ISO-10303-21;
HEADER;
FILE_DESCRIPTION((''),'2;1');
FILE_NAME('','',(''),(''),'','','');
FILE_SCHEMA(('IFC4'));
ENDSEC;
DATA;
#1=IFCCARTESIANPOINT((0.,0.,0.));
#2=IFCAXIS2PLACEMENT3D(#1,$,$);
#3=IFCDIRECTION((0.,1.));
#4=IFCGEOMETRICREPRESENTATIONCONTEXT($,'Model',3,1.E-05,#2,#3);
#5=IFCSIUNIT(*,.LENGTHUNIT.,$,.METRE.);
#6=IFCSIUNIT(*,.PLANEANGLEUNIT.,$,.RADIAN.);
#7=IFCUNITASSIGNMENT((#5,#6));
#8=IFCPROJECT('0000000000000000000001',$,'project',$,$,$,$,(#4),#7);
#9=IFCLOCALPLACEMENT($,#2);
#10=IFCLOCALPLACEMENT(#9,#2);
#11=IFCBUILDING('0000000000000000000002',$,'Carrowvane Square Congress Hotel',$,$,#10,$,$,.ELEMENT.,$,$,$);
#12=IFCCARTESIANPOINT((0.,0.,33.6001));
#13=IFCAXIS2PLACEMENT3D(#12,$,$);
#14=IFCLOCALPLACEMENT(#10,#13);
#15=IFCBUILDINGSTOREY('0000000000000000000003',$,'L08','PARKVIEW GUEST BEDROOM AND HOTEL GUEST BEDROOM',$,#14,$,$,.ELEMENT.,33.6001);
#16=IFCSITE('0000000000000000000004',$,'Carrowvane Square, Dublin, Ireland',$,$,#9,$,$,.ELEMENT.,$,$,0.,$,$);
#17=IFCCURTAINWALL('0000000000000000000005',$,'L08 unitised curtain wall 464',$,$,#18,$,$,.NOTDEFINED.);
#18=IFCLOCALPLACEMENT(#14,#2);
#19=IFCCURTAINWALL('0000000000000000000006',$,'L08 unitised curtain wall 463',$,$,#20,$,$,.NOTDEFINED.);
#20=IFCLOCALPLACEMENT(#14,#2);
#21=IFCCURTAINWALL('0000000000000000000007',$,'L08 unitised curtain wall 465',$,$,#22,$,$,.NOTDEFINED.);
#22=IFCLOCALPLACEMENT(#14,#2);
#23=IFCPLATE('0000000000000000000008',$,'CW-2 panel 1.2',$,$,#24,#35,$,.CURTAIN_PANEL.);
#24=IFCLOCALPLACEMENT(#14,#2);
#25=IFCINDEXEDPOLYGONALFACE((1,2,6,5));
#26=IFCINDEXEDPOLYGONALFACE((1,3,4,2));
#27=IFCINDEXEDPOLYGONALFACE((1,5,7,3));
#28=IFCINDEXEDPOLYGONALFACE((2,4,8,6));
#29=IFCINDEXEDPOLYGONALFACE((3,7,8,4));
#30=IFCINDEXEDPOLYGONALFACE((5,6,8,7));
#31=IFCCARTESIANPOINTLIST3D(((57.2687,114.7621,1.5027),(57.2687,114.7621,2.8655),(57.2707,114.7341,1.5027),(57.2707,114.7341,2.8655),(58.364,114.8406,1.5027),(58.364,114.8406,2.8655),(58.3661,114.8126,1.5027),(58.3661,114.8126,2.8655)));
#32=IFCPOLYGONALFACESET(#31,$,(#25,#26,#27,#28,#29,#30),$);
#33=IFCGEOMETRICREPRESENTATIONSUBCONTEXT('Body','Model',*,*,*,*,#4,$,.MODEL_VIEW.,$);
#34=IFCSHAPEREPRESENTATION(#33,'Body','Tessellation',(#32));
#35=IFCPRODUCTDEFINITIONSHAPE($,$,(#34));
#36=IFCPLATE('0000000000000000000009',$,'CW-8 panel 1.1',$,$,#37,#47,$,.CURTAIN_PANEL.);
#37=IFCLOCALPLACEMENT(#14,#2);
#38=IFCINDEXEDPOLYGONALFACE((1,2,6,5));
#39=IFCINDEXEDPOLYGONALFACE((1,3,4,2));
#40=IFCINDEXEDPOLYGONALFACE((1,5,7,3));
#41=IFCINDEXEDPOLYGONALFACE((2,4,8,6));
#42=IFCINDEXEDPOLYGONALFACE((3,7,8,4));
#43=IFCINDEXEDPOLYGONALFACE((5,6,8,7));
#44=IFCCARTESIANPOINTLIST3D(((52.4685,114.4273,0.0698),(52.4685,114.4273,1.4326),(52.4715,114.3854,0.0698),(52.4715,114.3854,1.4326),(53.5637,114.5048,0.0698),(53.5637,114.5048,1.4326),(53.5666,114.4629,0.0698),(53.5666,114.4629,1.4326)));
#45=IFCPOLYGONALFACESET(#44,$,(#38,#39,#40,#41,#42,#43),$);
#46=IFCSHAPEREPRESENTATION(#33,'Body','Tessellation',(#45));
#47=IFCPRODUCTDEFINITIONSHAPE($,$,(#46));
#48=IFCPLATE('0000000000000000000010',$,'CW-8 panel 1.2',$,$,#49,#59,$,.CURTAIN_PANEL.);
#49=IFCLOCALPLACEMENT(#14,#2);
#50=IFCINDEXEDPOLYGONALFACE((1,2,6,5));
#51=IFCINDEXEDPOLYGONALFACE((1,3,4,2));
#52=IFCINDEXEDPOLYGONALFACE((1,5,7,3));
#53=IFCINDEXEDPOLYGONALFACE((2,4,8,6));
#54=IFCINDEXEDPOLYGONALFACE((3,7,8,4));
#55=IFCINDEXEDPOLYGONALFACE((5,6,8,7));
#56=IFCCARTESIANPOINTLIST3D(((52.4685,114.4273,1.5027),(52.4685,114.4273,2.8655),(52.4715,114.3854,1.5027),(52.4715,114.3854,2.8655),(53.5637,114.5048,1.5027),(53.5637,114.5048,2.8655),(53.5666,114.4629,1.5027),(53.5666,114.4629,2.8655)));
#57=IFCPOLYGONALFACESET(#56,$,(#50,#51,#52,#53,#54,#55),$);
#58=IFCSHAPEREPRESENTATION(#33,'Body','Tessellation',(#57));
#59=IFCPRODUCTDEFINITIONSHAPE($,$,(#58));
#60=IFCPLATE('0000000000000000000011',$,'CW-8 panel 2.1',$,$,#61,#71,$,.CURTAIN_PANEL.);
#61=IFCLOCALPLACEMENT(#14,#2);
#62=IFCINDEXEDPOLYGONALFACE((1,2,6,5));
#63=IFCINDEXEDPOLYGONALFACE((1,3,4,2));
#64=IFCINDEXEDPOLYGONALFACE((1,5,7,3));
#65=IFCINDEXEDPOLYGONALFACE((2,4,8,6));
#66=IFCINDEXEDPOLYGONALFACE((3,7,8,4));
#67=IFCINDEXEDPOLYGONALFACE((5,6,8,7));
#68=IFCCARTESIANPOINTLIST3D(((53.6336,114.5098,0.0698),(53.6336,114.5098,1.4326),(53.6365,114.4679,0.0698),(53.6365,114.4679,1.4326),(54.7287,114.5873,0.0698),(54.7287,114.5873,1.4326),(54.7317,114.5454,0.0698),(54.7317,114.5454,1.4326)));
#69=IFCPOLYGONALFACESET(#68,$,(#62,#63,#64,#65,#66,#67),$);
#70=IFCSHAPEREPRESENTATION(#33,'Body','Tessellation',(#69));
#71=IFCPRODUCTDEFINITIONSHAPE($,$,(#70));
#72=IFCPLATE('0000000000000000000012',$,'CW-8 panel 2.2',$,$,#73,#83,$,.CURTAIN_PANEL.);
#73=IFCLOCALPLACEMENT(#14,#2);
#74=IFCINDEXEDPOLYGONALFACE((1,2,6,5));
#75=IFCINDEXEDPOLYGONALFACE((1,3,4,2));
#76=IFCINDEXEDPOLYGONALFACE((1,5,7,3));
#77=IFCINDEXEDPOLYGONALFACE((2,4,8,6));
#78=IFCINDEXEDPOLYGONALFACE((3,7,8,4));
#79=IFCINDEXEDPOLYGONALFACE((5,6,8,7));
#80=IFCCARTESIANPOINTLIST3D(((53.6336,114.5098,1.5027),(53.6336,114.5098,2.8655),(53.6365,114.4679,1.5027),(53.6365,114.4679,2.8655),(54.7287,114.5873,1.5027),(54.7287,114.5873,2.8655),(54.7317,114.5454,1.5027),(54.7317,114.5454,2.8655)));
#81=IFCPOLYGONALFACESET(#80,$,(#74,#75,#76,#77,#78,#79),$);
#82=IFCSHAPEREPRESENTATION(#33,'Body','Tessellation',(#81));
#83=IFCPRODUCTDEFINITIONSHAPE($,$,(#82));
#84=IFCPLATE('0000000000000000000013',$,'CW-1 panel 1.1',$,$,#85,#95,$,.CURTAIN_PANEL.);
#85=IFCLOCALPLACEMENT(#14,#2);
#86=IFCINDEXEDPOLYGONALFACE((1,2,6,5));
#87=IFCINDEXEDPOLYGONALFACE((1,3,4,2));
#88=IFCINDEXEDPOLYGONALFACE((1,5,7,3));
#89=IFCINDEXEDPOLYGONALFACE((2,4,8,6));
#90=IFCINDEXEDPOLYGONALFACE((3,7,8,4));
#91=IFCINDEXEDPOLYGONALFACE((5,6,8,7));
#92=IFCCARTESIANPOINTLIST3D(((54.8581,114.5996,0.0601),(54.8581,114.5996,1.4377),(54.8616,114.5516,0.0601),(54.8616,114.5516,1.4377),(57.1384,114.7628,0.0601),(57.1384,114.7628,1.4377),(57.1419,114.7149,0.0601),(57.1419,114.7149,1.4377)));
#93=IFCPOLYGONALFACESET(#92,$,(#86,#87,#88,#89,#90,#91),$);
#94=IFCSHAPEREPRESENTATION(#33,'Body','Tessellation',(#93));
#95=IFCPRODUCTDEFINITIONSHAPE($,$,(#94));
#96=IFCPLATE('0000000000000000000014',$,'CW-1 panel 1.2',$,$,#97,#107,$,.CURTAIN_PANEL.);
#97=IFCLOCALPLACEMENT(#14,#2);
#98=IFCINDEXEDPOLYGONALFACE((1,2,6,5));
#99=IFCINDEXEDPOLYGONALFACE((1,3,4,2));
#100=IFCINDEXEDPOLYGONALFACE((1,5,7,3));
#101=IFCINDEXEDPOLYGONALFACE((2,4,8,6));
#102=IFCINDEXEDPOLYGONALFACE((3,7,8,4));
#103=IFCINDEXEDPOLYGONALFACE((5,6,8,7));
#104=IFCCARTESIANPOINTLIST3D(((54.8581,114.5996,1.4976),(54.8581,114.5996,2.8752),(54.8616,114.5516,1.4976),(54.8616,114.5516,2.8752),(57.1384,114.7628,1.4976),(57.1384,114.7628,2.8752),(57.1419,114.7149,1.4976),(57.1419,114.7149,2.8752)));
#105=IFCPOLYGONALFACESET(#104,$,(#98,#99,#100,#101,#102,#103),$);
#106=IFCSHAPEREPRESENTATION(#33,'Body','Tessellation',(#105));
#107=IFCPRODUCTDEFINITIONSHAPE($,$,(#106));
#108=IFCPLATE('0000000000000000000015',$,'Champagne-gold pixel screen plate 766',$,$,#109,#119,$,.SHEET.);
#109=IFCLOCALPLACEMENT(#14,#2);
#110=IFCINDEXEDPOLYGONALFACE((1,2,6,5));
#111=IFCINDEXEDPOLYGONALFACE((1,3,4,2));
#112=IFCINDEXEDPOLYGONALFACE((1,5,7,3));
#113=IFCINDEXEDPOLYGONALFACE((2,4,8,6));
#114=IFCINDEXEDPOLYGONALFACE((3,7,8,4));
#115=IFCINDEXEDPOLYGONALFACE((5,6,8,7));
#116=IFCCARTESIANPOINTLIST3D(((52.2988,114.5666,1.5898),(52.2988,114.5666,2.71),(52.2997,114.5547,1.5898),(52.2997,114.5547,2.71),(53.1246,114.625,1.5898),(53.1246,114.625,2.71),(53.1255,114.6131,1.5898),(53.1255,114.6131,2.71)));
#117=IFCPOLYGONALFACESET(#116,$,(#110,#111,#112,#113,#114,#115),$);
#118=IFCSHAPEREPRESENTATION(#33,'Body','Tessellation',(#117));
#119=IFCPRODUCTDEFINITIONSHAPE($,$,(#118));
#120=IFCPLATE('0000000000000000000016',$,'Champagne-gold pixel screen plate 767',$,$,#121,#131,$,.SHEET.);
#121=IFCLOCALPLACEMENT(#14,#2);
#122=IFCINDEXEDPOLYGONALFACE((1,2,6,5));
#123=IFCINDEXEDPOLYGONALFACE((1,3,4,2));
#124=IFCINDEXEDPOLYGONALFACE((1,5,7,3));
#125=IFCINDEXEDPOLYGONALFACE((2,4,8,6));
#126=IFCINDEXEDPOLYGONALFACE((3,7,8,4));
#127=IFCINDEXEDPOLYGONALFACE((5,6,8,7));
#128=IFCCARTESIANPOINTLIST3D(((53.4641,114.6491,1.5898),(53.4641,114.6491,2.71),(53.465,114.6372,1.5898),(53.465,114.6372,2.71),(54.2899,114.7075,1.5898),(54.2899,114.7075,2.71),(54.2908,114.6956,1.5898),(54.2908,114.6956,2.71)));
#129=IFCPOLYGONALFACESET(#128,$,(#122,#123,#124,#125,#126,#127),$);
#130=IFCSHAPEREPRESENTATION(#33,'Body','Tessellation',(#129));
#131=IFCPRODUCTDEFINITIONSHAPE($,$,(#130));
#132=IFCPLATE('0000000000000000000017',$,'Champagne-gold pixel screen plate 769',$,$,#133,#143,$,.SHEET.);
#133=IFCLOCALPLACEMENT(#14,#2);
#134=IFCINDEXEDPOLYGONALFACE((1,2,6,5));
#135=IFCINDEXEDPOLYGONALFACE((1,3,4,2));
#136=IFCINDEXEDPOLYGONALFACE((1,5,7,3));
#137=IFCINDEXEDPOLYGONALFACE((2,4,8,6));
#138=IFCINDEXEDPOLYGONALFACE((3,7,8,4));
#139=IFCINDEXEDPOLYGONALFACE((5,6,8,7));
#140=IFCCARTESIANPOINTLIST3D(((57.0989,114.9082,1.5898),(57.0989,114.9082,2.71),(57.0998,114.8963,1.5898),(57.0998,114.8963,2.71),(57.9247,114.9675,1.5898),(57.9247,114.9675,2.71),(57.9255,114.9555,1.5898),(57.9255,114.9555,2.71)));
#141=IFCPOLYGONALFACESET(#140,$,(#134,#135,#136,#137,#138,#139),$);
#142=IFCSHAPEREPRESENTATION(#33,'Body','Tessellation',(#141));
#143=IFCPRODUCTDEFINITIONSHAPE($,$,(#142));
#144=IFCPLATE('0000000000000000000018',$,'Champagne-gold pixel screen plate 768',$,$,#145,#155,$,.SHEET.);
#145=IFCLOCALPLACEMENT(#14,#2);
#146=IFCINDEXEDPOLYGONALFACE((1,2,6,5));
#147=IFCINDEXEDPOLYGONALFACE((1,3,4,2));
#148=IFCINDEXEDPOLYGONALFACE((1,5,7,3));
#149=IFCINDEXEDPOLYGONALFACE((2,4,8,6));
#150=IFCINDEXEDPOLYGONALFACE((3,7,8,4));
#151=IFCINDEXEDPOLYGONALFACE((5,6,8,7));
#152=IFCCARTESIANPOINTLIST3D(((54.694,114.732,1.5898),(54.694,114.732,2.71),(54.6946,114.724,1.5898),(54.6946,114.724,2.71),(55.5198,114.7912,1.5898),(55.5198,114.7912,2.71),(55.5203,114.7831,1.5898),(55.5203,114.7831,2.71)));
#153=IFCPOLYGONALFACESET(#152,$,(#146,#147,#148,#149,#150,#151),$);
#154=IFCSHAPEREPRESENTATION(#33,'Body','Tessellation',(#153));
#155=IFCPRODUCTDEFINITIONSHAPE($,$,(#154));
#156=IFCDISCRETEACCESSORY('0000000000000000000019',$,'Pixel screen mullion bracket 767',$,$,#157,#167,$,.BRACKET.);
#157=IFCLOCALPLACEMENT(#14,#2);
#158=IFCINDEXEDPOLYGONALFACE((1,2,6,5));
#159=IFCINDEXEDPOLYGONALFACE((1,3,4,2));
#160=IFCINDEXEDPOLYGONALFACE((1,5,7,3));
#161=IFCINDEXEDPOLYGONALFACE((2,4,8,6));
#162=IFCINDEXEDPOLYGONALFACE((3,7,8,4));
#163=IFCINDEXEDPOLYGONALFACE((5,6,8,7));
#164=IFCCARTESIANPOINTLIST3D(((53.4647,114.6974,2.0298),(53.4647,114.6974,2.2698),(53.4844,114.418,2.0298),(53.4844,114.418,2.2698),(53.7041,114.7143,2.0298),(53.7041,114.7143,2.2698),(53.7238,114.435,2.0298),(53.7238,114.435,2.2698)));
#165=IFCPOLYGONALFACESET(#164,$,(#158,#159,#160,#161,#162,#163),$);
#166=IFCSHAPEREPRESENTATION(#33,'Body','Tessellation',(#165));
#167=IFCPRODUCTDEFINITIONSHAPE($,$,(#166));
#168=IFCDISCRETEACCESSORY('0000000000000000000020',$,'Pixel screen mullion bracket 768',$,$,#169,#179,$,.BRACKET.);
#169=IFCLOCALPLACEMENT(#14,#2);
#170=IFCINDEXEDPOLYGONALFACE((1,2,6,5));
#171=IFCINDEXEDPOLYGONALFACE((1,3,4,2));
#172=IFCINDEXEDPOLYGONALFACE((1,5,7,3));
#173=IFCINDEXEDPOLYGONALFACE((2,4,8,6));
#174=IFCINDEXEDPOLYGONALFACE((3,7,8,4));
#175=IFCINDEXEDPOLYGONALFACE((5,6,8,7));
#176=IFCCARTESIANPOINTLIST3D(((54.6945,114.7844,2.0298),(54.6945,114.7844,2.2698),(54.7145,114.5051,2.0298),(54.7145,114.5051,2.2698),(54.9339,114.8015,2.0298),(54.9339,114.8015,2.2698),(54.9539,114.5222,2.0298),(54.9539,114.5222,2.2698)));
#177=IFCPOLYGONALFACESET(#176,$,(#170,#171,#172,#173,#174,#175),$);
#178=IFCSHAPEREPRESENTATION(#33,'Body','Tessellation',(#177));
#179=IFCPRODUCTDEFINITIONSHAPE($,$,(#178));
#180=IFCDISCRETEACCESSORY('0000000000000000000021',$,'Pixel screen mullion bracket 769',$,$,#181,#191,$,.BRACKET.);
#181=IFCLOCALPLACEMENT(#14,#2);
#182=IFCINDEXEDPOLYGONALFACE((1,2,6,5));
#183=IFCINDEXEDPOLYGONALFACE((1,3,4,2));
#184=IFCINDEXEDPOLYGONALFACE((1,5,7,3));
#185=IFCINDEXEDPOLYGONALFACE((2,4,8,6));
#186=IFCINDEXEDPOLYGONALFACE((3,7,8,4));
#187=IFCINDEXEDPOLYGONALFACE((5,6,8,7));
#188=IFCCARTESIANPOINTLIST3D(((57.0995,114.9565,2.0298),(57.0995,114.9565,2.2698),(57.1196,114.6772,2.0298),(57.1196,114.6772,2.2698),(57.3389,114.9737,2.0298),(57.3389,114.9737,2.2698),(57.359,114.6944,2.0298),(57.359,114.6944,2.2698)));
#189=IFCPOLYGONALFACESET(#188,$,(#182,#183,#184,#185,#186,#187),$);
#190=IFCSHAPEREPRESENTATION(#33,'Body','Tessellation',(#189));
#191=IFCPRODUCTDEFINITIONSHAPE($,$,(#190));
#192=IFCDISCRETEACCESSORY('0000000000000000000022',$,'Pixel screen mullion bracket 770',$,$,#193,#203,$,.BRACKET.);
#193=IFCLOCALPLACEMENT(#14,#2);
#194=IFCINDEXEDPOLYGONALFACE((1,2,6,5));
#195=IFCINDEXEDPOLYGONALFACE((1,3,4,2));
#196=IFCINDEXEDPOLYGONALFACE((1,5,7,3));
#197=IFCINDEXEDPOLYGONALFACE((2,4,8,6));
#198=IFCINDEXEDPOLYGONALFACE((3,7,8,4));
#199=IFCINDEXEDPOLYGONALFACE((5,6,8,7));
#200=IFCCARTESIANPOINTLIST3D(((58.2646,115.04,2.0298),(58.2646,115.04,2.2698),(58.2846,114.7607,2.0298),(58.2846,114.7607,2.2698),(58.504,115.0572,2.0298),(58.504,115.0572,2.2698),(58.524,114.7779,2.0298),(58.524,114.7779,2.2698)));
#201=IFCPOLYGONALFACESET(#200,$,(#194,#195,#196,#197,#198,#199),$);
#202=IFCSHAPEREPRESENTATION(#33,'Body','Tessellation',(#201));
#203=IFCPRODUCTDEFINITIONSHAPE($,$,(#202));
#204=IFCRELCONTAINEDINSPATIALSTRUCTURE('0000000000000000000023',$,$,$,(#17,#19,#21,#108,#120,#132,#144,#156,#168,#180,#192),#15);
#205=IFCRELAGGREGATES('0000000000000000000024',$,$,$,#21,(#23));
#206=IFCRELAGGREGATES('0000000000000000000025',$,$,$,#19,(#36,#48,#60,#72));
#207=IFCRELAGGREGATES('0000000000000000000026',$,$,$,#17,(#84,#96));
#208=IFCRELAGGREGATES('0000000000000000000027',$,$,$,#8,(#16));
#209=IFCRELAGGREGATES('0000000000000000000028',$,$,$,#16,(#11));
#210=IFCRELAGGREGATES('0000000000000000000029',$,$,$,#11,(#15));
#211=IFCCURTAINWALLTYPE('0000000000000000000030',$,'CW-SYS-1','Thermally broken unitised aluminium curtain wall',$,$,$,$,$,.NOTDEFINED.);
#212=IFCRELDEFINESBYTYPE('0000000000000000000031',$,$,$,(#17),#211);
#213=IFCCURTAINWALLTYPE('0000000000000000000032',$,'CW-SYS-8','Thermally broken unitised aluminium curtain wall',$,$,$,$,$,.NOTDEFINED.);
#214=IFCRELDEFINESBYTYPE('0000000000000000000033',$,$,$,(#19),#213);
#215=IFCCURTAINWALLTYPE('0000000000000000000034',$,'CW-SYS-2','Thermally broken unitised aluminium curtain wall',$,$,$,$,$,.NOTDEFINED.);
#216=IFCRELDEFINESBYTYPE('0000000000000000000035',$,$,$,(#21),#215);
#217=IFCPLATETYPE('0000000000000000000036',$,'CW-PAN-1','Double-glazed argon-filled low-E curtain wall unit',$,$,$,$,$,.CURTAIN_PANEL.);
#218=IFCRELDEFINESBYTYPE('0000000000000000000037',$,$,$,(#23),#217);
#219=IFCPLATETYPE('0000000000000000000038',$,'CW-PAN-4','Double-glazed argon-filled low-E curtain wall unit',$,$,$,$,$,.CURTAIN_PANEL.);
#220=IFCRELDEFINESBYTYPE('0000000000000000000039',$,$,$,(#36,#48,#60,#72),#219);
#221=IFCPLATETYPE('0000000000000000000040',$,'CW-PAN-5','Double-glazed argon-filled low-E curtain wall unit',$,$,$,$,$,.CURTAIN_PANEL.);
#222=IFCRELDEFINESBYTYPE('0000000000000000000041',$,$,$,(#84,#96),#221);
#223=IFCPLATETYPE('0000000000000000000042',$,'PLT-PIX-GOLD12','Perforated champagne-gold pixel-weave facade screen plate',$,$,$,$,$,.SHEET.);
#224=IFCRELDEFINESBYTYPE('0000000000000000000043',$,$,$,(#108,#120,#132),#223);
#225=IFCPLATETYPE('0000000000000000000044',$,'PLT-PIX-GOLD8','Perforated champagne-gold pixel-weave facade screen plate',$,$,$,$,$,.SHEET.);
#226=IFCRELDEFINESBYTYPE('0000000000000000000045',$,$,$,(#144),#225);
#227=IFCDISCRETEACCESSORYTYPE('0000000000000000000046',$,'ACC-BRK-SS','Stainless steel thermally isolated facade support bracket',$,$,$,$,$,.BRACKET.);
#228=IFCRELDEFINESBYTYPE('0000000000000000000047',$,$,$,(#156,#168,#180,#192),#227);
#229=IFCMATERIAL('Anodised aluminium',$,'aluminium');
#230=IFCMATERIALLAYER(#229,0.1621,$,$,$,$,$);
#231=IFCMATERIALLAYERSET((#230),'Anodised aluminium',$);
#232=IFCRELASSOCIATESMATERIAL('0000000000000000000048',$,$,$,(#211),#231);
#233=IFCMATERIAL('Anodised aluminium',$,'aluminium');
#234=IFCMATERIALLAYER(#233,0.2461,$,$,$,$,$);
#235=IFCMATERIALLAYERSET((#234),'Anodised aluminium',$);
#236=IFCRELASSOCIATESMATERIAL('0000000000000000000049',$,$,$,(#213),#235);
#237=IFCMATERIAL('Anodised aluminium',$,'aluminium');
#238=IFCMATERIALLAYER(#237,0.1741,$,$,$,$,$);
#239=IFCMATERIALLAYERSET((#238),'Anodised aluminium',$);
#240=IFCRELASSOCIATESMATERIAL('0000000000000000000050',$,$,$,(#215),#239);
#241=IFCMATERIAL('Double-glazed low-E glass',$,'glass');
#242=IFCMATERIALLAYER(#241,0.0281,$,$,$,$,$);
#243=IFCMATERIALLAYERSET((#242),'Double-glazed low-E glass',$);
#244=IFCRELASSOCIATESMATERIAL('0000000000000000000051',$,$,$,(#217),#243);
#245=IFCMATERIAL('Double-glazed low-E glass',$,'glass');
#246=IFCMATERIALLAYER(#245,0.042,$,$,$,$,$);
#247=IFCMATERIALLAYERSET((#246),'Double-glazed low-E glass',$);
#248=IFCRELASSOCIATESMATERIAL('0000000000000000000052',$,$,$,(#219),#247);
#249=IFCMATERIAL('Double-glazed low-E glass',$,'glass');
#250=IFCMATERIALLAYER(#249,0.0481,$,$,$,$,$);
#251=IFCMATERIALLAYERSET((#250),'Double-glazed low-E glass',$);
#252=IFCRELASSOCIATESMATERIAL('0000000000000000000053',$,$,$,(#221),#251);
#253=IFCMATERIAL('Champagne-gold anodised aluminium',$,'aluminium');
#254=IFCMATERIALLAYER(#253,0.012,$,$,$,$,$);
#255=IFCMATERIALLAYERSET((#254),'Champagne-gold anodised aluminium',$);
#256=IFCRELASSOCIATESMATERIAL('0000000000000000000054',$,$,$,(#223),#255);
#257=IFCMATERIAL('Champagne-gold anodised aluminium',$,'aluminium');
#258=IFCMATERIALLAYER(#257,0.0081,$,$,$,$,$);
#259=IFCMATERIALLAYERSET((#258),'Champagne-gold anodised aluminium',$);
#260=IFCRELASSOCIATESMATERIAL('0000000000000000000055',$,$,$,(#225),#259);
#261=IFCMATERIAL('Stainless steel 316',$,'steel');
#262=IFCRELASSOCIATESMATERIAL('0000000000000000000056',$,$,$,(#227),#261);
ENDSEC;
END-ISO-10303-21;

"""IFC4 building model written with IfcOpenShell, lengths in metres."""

from ifc_helpers import new_model, si_unit, direction, frame, origin, origin_2d, place, context, subcontext, project, spatial, rectangle, extrude, material, layer, layer_set, type_object, element, aggregate, save


model = new_model("IFC4")

# Units and contexts
model_context = context("Model", 3, precision=1e-05, world=origin(), true_north=direction((0.0, 1.0)))
body_context = subcontext(model_context, "Body", "Model", "MODEL_VIEW")
ifc_project = project(units=[si_unit("LENGTHUNIT", "METRE"), si_unit("PLANEANGLEUNIT", "RADIAN")], contexts=[model_context])

# Site, building, storey
site_placement = place(None, origin())
site = spatial("IfcSite", under=ifc_project, at=site_placement, Name="Carrowvane Square, Dublin, Ireland", CompositionType="ELEMENT", RefElevation=0.0)
building_placement = place(site_placement, origin())
building = spatial("IfcBuilding", under=site, at=building_placement, Name="Carrowvane Square Congress Hotel", CompositionType="ELEMENT")
storey_placement = place(building_placement, frame((0.0, 0.0, 33.6001)))
storey = spatial("IfcBuildingStorey", under=building, at=storey_placement, Name="L08", Description="PARKVIEW GUEST BEDROOM AND HOTEL GUEST BEDROOM", CompositionType="ELEMENT", Elevation=33.6001)

# Curtain walls
ifc_material_1 = material(Name="Anodised aluminium", Category="aluminium")
ifc_layer_1 = layer(ifc_material_1, 0.1621)
ifc_layer_set_1 = layer_set([ifc_layer_1], Name="Anodised aluminium")
curtain_wall_type_1 = type_object("IfcCurtainWallType", Name="CW-SYS-1", Description="Thermally broken unitised aluminium curtain wall", PredefinedType="NOTDEFINED", material=ifc_layer_set_1)
curtain_wall_1_placement = place(storey_placement, origin())
curtain_wall_1 = element("IfcCurtainWall", 1, at=curtain_wall_1_placement, inside=storey, type_object=curtain_wall_type_1, Name="L08 unitised curtain wall 464", PredefinedType="NOTDEFINED")
ifc_material_2 = material(Name="Anodised aluminium", Category="aluminium")
ifc_layer_2 = layer(ifc_material_2, 0.2461)
ifc_layer_set_2 = layer_set([ifc_layer_2], Name="Anodised aluminium")
curtain_wall_type_2 = type_object("IfcCurtainWallType", Name="CW-SYS-8", Description="Thermally broken unitised aluminium curtain wall", PredefinedType="NOTDEFINED", material=ifc_layer_set_2)
curtain_wall_2_placement = place(storey_placement, origin())
curtain_wall_2 = element("IfcCurtainWall", 2, at=curtain_wall_2_placement, inside=storey, type_object=curtain_wall_type_2, Name="L08 unitised curtain wall 463", PredefinedType="NOTDEFINED")
ifc_material_3 = material(Name="Anodised aluminium", Category="aluminium")
ifc_layer_3 = layer(ifc_material_3, 0.1741)
ifc_layer_set_3 = layer_set([ifc_layer_3], Name="Anodised aluminium")
curtain_wall_type_3 = type_object("IfcCurtainWallType", Name="CW-SYS-2", Description="Thermally broken unitised aluminium curtain wall", PredefinedType="NOTDEFINED", material=ifc_layer_set_3)
curtain_wall_3_placement = place(storey_placement, origin())
curtain_wall_3 = element("IfcCurtainWall", 3, at=curtain_wall_3_placement, inside=storey, type_object=curtain_wall_type_3, Name="L08 unitised curtain wall 465", PredefinedType="NOTDEFINED")

# Plates
ifc_material_4 = material(Name="Double-glazed low-E glass", Category="glass")
ifc_layer_4 = layer(ifc_material_4, 0.0281)
ifc_layer_set_4 = layer_set([ifc_layer_4], Name="Double-glazed low-E glass")
plate_type_1 = type_object("IfcPlateType", Name="CW-PAN-1", Description="Double-glazed argon-filled low-E curtain wall unit", PredefinedType="CURTAIN_PANEL", material=ifc_layer_set_4)
plate_1_placement = place(storey_placement, frame((57.8174, 114.7874, 1.5027), z_axis=(0.0, 0.0, 1.0), x_axis=(0.997438, 0.071532, 0.0)))
plate_1 = element("IfcPlate", 4, at=plate_1_placement, type_object=plate_type_1, Name="CW-2 panel 1.2", PredefinedType="CURTAIN_PANEL", context=body_context, shape_type="SweptSolid", body=[
    extrude(rectangle(XDim=1.0981, YDim=0.0281, at=origin_2d()), origin(), (0.0, 0.0, 1.0), 1.3628),
])
aggregate(curtain_wall_3, [plate_1])
ifc_material_5 = material(Name="Double-glazed low-E glass", Category="glass")
ifc_layer_5 = layer(ifc_material_5, 0.042)
ifc_layer_set_5 = layer_set([ifc_layer_5], Name="Double-glazed low-E glass")
plate_type_2 = type_object("IfcPlateType", Name="CW-PAN-4", Description="Double-glazed argon-filled low-E curtain wall unit", PredefinedType="CURTAIN_PANEL", material=ifc_layer_set_5)
plate_2_placement = place(storey_placement, frame((53.0176, 114.4451, 0.0698), z_axis=(0.0, 0.0, 1.0), x_axis=(0.997506, 0.070586, 0.0)))
plate_2 = element("IfcPlate", 5, at=plate_2_placement, type_object=plate_type_2, Name="CW-8 panel 1.1", PredefinedType="CURTAIN_PANEL", context=body_context, shape_type="SweptSolid", body=[
    extrude(rectangle(XDim=1.0979, YDim=0.042, at=origin_2d()), origin(), (0.0, 0.0, 1.0), 1.3628),
])
plate_3_placement = place(storey_placement, frame((53.0176, 114.4451, 1.5027), z_axis=(0.0, 0.0, 1.0), x_axis=(0.997506, 0.070586, 0.0)))
plate_3 = element("IfcPlate", 6, at=plate_3_placement, type_object=plate_type_2, Name="CW-8 panel 1.2", PredefinedType="CURTAIN_PANEL", context=body_context, shape_type="SweptSolid", body=[
    extrude(rectangle(XDim=1.0979, YDim=0.042, at=origin_2d()), origin(), (0.0, 0.0, 1.0), 1.3628),
])
plate_4_placement = place(storey_placement, frame((54.1826, 114.5276, 0.0698), z_axis=(0.0, 0.0, 1.0), x_axis=(0.997506, 0.070586, 0.0)))
plate_4 = element("IfcPlate", 7, at=plate_4_placement, type_object=plate_type_2, Name="CW-8 panel 2.1", PredefinedType="CURTAIN_PANEL", context=body_context, shape_type="SweptSolid", body=[
    extrude(rectangle(XDim=1.0979, YDim=0.042, at=origin_2d()), origin(), (0.0, 0.0, 1.0), 1.3628),
])
plate_5_placement = place(storey_placement, frame((54.1826, 114.5276, 1.5027), z_axis=(0.0, 0.0, 1.0), x_axis=(0.997506, 0.070586, 0.0)))
plate_5 = element("IfcPlate", 8, at=plate_5_placement, type_object=plate_type_2, Name="CW-8 panel 2.2", PredefinedType="CURTAIN_PANEL", context=body_context, shape_type="SweptSolid", body=[
    extrude(rectangle(XDim=1.0979, YDim=0.042, at=origin_2d()), origin(), (0.0, 0.0, 1.0), 1.3628),
])
aggregate(curtain_wall_2, [plate_2, plate_3, plate_4, plate_5])
ifc_material_6 = material(Name="Double-glazed low-E glass", Category="glass")
ifc_layer_6 = layer(ifc_material_6, 0.0481)
ifc_layer_set_6 = layer_set([ifc_layer_6], Name="Double-glazed low-E glass")
plate_type_3 = type_object("IfcPlateType", Name="CW-PAN-5", Description="Double-glazed argon-filled low-E curtain wall unit", PredefinedType="CURTAIN_PANEL", material=ifc_layer_set_6)
plate_6_placement = place(storey_placement, frame((56.0, 114.6572, 0.0601), z_axis=(0.0, 0.0, 1.0), x_axis=(0.997446, 0.071418, 0.0)))
plate_6 = element("IfcPlate", 9, at=plate_6_placement, type_object=plate_type_3, Name="CW-1 panel 1.1", PredefinedType="CURTAIN_PANEL", context=body_context, shape_type="SweptSolid", body=[
    extrude(rectangle(XDim=2.2861, YDim=0.0481, at=origin_2d()), origin(), (0.0, 0.0, 1.0), 1.3777),
])
plate_7_placement = place(storey_placement, frame((56.0, 114.6572, 1.4976), z_axis=(0.0, 0.0, 1.0), x_axis=(0.997446, 0.071418, 0.0)))
plate_7 = element("IfcPlate", 10, at=plate_7_placement, type_object=plate_type_3, Name="CW-1 panel 1.2", PredefinedType="CURTAIN_PANEL", context=body_context, shape_type="SweptSolid", body=[
    extrude(rectangle(XDim=2.2861, YDim=0.0481, at=origin_2d()), origin(), (0.0, 0.0, 1.0), 1.3777),
])
aggregate(curtain_wall_1, [plate_6, plate_7])

# Plates
ifc_material_7 = material(Name="Champagne-gold anodised aluminium", Category="aluminium")
ifc_layer_7 = layer(ifc_material_7, 0.012)
ifc_layer_set_7 = layer_set([ifc_layer_7], Name="Champagne-gold anodised aluminium")
plate_type_4 = type_object("IfcPlateType", Name="PLT-PIX-GOLD12", Description="Perforated champagne-gold pixel-weave facade screen plate", PredefinedType="SHEET", material=ifc_layer_set_7)
for number, where, z_axis, x_axis, name in (
    (11, (52.7122, 114.5898, 1.5898), (0.0, 0.0, 1.0), (0.997506, 0.070585, 0.0), "Champagne-gold pixel screen plate 766"),
    (12, (53.8774, 114.6724, 1.5898), (0.0, 0.0, 1.0), (0.997506, 0.070585, 0.0), "Champagne-gold pixel screen plate 767"),
    (13, (57.5122, 114.9319, 1.5898), (0.0, 0.0, 1.0), (0.997438, 0.071533, 0.0), "Champagne-gold pixel screen plate 769"),
):
    element("IfcPlate", number, at=place(storey_placement, frame(where, z_axis=z_axis, x_axis=x_axis)), inside=storey, type_object=plate_type_4, Name=name, PredefinedType="SHEET", context=body_context, shape_type="SweptSolid", body=[
        extrude(rectangle(XDim=0.8279, YDim=0.012, at=origin_2d()), origin(), (0.0, 0.0, 1.0), 1.1201),
    ])
ifc_material_8 = material(Name="Champagne-gold anodised aluminium", Category="aluminium")
ifc_layer_8 = layer(ifc_material_8, 0.0081)
ifc_layer_set_8 = layer_set([ifc_layer_8], Name="Champagne-gold anodised aluminium")
plate_type_5 = type_object("IfcPlateType", Name="PLT-PIX-GOLD8", Description="Perforated champagne-gold pixel-weave facade screen plate", PredefinedType="SHEET", material=ifc_layer_set_8)
plate_8_placement = place(storey_placement, frame((55.1072, 114.7576, 1.5898), z_axis=(0.0, 0.0, 1.0), x_axis=(0.997446, 0.07142, 0.0)))
element("IfcPlate", 14, at=plate_8_placement, inside=storey, type_object=plate_type_5, Name="Champagne-gold pixel screen plate 768", PredefinedType="SHEET", context=body_context, shape_type="SweptSolid", body=[
    extrude(rectangle(XDim=0.8279, YDim=0.0081, at=origin_2d()), origin(), (0.0, 0.0, 1.0), 1.1201),
])

# Discrete accessories
ifc_material_9 = material(Name="Stainless steel 316", Category="steel")
discrete_accessory_type = type_object("IfcDiscreteAccessoryType", Name="ACC-BRK-SS", Description="Stainless steel thermally isolated facade support bracket", PredefinedType="BRACKET", material=ifc_material_9)
for number, where, z_axis, x_axis, name in (
    (15, (53.5942, 114.5662, 2.0298), (0.0, 0.0, 1.0), (0.997506, 0.070585, 0.0), "Pixel screen mullion bracket 767"),
    (16, (54.8242, 114.6533, 2.0298), (0.0, 0.0, 1.0), (0.997446, 0.07142, 0.0), "Pixel screen mullion bracket 768"),
    (17, (57.2292, 114.8254, 2.0298), (0.0, 0.0, 1.0), (0.997438, 0.071533, 0.0), "Pixel screen mullion bracket 769"),
    (18, (58.3943, 114.9089, 2.0298), (0.0, 0.0, 1.0), (0.997438, 0.071533, 0.0), "Pixel screen mullion bracket 770"),
):
    element("IfcDiscreteAccessory", number, at=place(storey_placement, frame(where, z_axis=z_axis, x_axis=x_axis)), inside=storey, type_object=discrete_accessory_type, Name=name, PredefinedType="BRACKET", context=body_context, shape_type="SweptSolid", body=[
        extrude(rectangle(XDim=0.24, YDim=0.28, at=origin_2d()), origin(), (0.0, 0.0, 1.0), 0.24),
    ])

save(model, "model.ifc")
